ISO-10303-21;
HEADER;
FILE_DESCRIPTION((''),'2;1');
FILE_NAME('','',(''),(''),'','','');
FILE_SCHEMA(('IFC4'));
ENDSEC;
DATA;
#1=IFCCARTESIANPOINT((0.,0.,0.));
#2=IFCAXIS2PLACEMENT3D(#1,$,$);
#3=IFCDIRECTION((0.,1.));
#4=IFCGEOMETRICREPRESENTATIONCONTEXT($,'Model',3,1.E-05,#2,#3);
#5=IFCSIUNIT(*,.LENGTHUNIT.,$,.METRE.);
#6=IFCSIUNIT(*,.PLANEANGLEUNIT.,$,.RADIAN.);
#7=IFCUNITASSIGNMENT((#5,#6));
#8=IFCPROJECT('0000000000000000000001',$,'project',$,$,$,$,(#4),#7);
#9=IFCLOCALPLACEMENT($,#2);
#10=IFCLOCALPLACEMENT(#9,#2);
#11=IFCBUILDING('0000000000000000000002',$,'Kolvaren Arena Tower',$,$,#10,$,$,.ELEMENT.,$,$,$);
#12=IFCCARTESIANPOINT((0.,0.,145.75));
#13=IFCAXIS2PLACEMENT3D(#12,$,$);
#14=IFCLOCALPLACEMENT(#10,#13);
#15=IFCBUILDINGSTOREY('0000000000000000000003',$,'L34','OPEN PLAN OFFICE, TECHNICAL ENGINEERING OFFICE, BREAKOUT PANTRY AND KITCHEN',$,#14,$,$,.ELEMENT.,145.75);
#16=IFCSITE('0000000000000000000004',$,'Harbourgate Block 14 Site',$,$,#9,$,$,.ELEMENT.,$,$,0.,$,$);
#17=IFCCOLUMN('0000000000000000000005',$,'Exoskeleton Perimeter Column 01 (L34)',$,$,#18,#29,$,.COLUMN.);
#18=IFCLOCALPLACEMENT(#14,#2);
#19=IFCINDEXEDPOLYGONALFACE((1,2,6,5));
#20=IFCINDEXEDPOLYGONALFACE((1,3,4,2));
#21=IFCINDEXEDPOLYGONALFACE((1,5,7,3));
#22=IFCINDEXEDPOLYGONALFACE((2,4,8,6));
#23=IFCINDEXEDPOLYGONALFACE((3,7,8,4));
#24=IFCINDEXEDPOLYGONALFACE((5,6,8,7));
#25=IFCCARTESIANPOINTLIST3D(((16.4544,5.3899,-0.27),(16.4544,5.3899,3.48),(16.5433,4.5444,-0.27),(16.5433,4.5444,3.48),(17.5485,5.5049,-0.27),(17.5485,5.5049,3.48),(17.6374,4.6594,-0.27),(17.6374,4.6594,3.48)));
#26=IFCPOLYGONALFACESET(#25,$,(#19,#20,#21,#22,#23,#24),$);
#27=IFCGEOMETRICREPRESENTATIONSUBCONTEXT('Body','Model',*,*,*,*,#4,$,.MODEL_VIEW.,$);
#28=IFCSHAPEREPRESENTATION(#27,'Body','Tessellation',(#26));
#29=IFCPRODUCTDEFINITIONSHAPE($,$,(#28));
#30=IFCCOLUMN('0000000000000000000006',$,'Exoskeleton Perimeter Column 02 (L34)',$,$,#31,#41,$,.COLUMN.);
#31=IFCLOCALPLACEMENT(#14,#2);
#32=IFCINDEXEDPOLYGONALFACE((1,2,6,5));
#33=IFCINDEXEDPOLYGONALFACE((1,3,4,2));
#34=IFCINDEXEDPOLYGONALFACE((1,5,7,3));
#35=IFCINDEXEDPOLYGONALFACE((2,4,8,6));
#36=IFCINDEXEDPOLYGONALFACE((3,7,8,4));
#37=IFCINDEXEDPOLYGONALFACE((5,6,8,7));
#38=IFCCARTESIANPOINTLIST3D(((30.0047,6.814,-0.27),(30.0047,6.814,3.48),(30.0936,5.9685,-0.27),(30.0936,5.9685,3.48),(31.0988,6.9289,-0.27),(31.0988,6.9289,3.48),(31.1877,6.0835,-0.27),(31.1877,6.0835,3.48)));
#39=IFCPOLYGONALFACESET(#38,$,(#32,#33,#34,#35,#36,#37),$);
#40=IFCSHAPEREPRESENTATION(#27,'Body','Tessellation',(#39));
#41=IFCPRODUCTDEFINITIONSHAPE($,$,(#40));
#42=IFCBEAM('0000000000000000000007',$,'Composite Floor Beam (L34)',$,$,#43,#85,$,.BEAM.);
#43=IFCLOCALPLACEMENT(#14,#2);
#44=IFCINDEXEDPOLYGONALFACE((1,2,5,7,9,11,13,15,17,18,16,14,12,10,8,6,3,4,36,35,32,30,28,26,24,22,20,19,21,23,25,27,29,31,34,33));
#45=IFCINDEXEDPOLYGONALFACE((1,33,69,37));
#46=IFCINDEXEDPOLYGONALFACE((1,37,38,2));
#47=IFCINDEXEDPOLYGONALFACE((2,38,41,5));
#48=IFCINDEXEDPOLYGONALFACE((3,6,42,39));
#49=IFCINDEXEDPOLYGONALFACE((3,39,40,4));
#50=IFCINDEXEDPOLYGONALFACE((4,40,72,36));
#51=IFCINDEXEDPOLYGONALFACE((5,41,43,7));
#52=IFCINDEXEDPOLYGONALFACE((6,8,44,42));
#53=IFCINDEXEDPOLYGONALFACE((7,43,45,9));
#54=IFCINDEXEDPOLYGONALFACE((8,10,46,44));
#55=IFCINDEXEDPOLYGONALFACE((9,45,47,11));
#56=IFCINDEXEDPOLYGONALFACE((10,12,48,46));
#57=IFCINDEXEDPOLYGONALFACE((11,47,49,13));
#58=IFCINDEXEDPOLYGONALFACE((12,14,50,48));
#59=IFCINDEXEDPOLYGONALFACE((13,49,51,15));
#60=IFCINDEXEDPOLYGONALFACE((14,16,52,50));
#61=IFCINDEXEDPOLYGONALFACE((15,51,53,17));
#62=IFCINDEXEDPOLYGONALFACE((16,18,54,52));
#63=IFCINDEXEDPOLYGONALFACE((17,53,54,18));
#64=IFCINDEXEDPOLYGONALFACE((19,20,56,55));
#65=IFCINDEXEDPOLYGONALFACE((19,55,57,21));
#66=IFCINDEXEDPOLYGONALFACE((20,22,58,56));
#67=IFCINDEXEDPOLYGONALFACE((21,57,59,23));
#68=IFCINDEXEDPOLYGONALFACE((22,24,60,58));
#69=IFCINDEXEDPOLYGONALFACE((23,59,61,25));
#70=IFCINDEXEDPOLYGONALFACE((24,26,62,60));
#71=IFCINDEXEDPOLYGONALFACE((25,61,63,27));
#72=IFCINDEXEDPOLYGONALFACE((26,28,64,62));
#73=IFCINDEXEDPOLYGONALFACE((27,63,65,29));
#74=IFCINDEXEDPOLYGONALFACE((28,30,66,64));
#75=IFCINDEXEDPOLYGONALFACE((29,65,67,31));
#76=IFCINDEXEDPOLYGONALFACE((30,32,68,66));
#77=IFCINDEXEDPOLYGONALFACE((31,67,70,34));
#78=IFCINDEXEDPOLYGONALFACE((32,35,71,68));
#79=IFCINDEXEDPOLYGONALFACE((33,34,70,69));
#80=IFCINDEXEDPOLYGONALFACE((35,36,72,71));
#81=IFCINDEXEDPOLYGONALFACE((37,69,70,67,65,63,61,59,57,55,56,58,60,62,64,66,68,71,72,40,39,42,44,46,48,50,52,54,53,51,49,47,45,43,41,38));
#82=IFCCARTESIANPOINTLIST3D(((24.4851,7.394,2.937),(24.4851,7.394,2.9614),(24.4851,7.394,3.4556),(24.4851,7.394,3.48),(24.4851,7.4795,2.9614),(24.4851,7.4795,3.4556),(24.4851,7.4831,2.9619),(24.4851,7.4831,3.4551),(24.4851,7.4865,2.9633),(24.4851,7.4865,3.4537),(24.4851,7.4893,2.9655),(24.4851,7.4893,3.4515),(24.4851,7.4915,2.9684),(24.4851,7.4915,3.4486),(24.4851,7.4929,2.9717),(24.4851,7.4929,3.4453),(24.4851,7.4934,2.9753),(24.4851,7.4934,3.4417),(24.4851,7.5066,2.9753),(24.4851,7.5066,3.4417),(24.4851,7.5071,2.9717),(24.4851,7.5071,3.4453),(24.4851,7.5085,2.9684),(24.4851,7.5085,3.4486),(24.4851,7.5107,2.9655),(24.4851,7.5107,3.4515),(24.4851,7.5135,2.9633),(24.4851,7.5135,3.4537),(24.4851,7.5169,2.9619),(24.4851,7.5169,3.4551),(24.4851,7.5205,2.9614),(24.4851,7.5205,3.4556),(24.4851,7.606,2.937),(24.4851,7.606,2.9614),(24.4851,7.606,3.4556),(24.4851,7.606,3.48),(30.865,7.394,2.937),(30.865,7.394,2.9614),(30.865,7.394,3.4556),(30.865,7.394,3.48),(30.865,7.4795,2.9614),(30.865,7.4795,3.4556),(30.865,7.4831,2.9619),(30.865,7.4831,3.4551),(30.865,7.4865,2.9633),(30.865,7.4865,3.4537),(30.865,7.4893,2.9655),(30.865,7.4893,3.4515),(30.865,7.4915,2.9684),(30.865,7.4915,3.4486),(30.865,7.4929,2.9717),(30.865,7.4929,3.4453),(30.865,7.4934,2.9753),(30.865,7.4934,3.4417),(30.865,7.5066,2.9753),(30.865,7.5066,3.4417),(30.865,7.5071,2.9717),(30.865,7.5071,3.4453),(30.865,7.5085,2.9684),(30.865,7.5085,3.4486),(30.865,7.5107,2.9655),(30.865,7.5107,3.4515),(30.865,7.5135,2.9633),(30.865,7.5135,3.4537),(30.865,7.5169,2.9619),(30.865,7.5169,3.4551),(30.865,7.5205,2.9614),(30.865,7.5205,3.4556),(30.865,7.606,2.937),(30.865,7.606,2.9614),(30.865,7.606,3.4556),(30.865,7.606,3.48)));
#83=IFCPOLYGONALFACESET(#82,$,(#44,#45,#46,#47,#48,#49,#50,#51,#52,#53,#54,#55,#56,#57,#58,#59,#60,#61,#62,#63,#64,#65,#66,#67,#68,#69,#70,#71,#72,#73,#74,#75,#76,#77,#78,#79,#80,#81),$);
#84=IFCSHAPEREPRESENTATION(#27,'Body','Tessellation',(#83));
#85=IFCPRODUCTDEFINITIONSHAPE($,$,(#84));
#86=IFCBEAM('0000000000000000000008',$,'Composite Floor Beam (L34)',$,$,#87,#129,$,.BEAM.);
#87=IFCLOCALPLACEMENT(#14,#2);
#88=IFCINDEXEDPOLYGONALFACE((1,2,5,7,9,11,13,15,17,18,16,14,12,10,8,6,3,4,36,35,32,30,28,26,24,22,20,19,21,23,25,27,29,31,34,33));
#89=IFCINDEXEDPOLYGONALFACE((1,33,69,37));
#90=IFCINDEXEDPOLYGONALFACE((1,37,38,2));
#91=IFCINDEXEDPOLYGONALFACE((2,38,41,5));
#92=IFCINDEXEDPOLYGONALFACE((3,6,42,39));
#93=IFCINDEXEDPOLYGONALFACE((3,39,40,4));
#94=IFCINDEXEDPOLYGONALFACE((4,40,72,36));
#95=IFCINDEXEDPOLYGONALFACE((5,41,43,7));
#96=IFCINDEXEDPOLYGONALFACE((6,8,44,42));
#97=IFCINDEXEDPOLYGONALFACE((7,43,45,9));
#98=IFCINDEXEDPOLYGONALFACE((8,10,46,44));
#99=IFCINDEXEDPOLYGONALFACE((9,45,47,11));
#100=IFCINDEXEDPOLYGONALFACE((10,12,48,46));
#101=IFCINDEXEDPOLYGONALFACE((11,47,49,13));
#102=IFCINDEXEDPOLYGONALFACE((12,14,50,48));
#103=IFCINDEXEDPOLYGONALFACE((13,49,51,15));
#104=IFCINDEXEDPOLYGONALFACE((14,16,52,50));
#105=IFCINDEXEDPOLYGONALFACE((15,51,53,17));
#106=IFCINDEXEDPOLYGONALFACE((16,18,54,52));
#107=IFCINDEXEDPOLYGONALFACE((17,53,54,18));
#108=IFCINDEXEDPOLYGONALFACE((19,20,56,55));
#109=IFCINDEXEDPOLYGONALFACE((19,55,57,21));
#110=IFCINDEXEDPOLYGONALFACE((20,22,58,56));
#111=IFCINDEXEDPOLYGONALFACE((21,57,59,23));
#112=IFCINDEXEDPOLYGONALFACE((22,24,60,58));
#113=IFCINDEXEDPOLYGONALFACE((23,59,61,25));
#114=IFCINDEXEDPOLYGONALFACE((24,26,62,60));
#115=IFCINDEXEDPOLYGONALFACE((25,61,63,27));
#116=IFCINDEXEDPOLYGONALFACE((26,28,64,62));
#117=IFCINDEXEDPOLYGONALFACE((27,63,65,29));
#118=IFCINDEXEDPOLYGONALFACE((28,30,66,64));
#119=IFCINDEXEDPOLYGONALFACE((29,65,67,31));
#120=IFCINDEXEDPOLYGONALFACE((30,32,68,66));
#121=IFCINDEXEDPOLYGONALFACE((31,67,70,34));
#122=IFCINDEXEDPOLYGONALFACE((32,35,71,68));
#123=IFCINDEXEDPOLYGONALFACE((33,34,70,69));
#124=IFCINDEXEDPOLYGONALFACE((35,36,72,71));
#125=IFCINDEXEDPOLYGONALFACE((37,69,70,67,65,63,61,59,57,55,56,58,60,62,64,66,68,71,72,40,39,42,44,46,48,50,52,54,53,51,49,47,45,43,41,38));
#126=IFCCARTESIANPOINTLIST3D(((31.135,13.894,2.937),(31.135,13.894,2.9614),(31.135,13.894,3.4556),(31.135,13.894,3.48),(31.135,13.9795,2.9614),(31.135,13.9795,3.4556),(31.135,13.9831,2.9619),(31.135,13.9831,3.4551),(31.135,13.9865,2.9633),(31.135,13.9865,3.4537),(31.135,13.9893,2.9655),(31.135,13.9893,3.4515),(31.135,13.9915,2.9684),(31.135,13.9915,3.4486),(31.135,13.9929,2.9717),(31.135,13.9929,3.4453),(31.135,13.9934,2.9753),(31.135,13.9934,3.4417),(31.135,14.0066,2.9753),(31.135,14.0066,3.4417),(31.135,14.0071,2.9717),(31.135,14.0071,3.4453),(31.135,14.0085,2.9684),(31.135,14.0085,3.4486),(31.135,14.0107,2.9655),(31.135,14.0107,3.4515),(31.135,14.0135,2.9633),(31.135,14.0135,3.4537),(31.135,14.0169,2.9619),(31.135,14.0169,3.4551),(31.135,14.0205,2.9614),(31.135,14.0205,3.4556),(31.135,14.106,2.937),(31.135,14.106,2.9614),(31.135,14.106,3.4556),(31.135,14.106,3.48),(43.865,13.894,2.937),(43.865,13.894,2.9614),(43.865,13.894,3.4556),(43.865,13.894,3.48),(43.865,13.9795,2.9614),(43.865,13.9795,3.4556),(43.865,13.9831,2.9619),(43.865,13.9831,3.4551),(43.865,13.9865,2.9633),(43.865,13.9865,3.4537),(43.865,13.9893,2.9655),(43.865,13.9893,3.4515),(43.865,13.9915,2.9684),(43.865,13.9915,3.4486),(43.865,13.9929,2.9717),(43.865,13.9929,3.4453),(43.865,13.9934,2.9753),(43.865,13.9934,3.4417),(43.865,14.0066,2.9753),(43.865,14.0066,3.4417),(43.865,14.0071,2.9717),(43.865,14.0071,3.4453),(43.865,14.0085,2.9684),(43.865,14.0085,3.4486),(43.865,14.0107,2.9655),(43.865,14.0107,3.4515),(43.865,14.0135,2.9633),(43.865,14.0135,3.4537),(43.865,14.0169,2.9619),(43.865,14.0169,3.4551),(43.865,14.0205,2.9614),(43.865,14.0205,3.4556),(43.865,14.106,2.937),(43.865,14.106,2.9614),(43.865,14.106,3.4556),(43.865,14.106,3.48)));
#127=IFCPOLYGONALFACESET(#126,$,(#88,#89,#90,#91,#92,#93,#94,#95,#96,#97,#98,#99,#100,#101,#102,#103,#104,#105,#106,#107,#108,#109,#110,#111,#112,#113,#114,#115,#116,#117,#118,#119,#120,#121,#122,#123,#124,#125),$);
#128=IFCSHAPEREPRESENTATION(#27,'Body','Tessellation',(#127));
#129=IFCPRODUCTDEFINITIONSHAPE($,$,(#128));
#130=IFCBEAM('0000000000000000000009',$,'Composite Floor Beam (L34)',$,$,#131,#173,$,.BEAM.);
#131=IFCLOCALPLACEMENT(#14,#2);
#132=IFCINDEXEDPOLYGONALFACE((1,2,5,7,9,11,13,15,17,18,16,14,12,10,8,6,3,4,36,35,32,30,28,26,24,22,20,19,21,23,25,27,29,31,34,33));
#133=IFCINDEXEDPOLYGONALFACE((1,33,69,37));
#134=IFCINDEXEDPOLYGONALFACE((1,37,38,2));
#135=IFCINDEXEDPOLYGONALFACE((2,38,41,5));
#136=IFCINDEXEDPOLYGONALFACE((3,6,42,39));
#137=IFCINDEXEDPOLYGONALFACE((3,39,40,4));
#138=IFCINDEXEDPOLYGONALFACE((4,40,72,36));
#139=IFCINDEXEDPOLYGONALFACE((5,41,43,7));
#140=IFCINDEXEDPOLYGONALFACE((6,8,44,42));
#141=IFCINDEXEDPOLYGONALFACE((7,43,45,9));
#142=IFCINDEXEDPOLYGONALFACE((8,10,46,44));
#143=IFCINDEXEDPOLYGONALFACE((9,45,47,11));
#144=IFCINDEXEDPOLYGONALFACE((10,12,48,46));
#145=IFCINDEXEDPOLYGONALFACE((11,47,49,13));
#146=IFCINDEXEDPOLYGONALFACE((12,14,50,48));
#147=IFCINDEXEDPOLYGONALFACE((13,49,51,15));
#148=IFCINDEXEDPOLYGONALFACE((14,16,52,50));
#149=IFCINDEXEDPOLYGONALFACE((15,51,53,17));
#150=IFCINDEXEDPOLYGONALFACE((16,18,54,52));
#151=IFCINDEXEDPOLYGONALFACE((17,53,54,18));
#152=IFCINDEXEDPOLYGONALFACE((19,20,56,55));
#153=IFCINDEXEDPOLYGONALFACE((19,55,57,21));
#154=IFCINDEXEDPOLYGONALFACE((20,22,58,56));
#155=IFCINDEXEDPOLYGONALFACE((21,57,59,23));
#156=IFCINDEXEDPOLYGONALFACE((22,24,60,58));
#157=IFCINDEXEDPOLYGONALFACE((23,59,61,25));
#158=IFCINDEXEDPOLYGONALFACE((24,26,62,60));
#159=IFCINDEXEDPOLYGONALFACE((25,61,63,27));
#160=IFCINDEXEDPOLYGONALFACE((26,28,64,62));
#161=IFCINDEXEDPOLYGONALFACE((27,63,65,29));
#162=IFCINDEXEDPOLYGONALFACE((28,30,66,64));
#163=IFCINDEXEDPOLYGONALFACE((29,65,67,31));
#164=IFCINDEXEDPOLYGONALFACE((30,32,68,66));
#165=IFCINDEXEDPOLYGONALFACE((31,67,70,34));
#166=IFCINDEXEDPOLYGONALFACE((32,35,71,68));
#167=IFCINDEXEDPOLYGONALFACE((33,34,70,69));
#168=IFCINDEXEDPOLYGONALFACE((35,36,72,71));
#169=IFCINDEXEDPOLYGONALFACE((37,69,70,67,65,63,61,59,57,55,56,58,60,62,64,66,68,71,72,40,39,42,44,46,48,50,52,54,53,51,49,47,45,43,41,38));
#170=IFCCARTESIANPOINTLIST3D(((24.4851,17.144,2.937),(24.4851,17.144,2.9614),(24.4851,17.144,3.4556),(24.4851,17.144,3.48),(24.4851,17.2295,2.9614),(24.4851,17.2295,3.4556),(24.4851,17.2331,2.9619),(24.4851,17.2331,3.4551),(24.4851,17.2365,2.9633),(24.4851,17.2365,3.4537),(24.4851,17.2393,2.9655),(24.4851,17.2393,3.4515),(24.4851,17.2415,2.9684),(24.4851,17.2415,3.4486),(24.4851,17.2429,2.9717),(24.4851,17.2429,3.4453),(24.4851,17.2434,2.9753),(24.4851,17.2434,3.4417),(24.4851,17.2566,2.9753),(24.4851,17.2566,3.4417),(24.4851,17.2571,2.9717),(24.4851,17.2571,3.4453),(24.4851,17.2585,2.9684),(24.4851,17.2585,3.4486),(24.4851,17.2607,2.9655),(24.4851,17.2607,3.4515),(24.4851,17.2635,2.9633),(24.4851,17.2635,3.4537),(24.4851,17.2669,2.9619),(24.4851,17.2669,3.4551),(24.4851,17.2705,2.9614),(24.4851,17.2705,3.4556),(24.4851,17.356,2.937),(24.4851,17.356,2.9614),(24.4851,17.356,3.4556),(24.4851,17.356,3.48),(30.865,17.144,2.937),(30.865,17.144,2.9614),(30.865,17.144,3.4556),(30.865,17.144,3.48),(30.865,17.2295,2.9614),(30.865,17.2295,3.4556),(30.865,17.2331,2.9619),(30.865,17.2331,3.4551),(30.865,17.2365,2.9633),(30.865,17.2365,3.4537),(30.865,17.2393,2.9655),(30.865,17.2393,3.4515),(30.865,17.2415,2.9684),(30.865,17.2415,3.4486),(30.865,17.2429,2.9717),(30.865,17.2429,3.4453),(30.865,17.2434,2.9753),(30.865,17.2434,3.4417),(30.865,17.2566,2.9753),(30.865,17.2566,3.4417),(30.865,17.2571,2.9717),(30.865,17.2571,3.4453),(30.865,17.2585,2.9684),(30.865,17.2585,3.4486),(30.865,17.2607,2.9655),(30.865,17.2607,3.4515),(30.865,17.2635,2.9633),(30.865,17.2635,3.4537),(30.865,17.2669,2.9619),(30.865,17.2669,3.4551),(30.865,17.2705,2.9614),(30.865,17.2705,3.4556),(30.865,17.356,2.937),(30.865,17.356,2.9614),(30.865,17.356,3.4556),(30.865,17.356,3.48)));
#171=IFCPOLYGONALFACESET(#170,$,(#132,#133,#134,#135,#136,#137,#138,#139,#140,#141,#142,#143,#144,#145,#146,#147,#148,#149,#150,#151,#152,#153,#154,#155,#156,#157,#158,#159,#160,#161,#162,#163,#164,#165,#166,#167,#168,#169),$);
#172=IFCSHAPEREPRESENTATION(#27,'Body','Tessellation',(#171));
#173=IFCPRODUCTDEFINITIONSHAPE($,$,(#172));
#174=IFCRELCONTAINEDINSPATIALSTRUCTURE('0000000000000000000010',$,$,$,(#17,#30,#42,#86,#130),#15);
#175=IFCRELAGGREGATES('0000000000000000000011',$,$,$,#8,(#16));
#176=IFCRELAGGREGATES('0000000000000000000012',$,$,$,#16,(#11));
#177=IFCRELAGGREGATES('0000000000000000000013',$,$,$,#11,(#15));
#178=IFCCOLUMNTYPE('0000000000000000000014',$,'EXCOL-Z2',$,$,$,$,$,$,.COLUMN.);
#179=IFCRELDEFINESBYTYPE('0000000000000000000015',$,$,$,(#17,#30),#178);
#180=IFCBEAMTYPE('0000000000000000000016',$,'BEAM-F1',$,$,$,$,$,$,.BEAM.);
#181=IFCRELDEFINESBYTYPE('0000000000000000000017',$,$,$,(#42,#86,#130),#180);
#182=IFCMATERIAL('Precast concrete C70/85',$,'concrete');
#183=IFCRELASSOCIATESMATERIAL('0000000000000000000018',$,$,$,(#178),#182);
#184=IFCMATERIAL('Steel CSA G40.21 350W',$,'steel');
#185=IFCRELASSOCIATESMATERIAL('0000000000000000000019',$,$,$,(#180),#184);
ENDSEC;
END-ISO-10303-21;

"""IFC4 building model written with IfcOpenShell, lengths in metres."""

from ifc_helpers import new_model, si_unit, direction, frame, origin, origin_2d, place, context, subcontext, project, spatial, rectangle, i_section, extrude, material, material_profile, profile_set, type_object, element, save


model = new_model("IFC4")

# Units and contexts
model_context = context("Model", 3, precision=1e-05, world=origin(), true_north=direction((0.0, 1.0)))
body_context = subcontext(model_context, "Body", "Model", "MODEL_VIEW")
ifc_project = project(units=[si_unit("LENGTHUNIT", "METRE"), si_unit("PLANEANGLEUNIT", "RADIAN")], contexts=[model_context])

# Site, building, storey
site_placement = place(None, origin())
site = spatial("IfcSite", under=ifc_project, at=site_placement, Name="Harbourgate Block 14 Site", CompositionType="ELEMENT", RefElevation=0.0)
building_placement = place(site_placement, origin())
building = spatial("IfcBuilding", under=site, at=building_placement, Name="Kolvaren Arena Tower", CompositionType="ELEMENT")
storey_placement = place(building_placement, frame((0.0, 0.0, 145.75)))
storey = spatial("IfcBuildingStorey", under=building, at=storey_placement, Name="L34", Description="OPEN PLAN OFFICE, TECHNICAL ENGINEERING OFFICE, BREAKOUT PANTRY AND KITCHEN", CompositionType="ELEMENT", Elevation=145.75)

# Columns
ifc_material_1 = material(Name="Precast concrete C70/85", Category="concrete")
ifc_material_profile_1 = material_profile(ifc_material_1, rectangle(XDim=1.1001, YDim=0.8501, at=origin_2d()), Name="RC-1100x850")
ifc_profile_set_1 = profile_set([ifc_material_profile_1], Name="Precast concrete C70/85")
column_type = type_object("IfcColumnType", Name="EXCOL-Z2", PredefinedType="COLUMN", material=ifc_profile_set_1)
for number, where, z_axis, x_axis, name in (
    (1, (17.0459, 5.0247, -0.27), (0.0, 0.0, 1.0), (0.994522, 0.104528, 0.0), "Exoskeleton Perimeter Column 01 (L34)"),
    (2, (30.5962, 6.4487, -0.27), (0.0, 0.0, 1.0), (0.994522, 0.104528, 0.0), "Exoskeleton Perimeter Column 02 (L34)"),
):
    element("IfcColumn", number, at=place(storey_placement, frame(where, z_axis=z_axis, x_axis=x_axis)), inside=storey, type_object=column_type, Name=name, PredefinedType="COLUMN", context=body_context, shape_type="SweptSolid", body=[
        extrude(rectangle(XDim=1.1001, YDim=0.8501, at=origin_2d()), origin(), (0.0, 0.0, 1.0), 3.75),
    ])

# Beams
ifc_material_2 = material(Name="Steel CSA G40.21 350W", Category="steel")
ifc_material_profile_2 = material_profile(ifc_material_2, i_section(OverallWidth=0.2119, OverallDepth=0.543, WebThickness=0.0132, FlangeThickness=0.0244, FilletRadius=0.0139, at=origin_2d()), Name="W530x150")
ifc_profile_set_2 = profile_set([ifc_material_profile_2], Name="Steel CSA G40.21 350W")
beam_type_1 = type_object("IfcBeamType", Name="BEAM-F1", PredefinedType="BEAM", material=ifc_profile_set_2)
beam_1_placement = place(storey_placement, frame((24.4851, 7.5, 3.2085), z_axis=(1.0, 0.0, 0.0), x_axis=(0.0, 1.0, 0.0)))
element("IfcBeam", 3, at=beam_1_placement, inside=storey, type_object=beam_type_1, Name="Composite Floor Beam (L34)", PredefinedType="BEAM", context=body_context, shape_type="SweptSolid", body=[
    extrude(i_section(OverallWidth=0.2119, OverallDepth=0.543, WebThickness=0.0132, FlangeThickness=0.0244, FilletRadius=0.0139, at=origin_2d()), origin(), (0.0, 0.0, 1.0), 6.3799),
])
beam_2_placement = place(storey_placement, frame((31.135, 14.0, 3.2085), z_axis=(1.0, 0.0, 0.0), x_axis=(0.0, 1.0, 0.0)))
element("IfcBeam", 4, at=beam_2_placement, inside=storey, type_object=beam_type_1, Name="Composite Floor Beam (L34)", PredefinedType="BEAM", context=body_context, shape_type="SweptSolid", body=[
    extrude(i_section(OverallWidth=0.2119, OverallDepth=0.543, WebThickness=0.0132, FlangeThickness=0.0244, FilletRadius=0.0139, at=origin_2d()), origin(), (0.0, 0.0, 1.0), 12.73),
])
beam_3_placement = place(storey_placement, frame((24.4851, 17.25, 3.2085), z_axis=(1.0, 0.0, 0.0), x_axis=(0.0, 1.0, 0.0)))
element("IfcBeam", 5, at=beam_3_placement, inside=storey, type_object=beam_type_1, Name="Composite Floor Beam (L34)", PredefinedType="BEAM", context=body_context, shape_type="SweptSolid", body=[
    extrude(i_section(OverallWidth=0.2119, OverallDepth=0.543, WebThickness=0.0132, FlangeThickness=0.0244, FilletRadius=0.0139, at=origin_2d()), origin(), (0.0, 0.0, 1.0), 6.3799),
])

save(model, "model.ifc")
